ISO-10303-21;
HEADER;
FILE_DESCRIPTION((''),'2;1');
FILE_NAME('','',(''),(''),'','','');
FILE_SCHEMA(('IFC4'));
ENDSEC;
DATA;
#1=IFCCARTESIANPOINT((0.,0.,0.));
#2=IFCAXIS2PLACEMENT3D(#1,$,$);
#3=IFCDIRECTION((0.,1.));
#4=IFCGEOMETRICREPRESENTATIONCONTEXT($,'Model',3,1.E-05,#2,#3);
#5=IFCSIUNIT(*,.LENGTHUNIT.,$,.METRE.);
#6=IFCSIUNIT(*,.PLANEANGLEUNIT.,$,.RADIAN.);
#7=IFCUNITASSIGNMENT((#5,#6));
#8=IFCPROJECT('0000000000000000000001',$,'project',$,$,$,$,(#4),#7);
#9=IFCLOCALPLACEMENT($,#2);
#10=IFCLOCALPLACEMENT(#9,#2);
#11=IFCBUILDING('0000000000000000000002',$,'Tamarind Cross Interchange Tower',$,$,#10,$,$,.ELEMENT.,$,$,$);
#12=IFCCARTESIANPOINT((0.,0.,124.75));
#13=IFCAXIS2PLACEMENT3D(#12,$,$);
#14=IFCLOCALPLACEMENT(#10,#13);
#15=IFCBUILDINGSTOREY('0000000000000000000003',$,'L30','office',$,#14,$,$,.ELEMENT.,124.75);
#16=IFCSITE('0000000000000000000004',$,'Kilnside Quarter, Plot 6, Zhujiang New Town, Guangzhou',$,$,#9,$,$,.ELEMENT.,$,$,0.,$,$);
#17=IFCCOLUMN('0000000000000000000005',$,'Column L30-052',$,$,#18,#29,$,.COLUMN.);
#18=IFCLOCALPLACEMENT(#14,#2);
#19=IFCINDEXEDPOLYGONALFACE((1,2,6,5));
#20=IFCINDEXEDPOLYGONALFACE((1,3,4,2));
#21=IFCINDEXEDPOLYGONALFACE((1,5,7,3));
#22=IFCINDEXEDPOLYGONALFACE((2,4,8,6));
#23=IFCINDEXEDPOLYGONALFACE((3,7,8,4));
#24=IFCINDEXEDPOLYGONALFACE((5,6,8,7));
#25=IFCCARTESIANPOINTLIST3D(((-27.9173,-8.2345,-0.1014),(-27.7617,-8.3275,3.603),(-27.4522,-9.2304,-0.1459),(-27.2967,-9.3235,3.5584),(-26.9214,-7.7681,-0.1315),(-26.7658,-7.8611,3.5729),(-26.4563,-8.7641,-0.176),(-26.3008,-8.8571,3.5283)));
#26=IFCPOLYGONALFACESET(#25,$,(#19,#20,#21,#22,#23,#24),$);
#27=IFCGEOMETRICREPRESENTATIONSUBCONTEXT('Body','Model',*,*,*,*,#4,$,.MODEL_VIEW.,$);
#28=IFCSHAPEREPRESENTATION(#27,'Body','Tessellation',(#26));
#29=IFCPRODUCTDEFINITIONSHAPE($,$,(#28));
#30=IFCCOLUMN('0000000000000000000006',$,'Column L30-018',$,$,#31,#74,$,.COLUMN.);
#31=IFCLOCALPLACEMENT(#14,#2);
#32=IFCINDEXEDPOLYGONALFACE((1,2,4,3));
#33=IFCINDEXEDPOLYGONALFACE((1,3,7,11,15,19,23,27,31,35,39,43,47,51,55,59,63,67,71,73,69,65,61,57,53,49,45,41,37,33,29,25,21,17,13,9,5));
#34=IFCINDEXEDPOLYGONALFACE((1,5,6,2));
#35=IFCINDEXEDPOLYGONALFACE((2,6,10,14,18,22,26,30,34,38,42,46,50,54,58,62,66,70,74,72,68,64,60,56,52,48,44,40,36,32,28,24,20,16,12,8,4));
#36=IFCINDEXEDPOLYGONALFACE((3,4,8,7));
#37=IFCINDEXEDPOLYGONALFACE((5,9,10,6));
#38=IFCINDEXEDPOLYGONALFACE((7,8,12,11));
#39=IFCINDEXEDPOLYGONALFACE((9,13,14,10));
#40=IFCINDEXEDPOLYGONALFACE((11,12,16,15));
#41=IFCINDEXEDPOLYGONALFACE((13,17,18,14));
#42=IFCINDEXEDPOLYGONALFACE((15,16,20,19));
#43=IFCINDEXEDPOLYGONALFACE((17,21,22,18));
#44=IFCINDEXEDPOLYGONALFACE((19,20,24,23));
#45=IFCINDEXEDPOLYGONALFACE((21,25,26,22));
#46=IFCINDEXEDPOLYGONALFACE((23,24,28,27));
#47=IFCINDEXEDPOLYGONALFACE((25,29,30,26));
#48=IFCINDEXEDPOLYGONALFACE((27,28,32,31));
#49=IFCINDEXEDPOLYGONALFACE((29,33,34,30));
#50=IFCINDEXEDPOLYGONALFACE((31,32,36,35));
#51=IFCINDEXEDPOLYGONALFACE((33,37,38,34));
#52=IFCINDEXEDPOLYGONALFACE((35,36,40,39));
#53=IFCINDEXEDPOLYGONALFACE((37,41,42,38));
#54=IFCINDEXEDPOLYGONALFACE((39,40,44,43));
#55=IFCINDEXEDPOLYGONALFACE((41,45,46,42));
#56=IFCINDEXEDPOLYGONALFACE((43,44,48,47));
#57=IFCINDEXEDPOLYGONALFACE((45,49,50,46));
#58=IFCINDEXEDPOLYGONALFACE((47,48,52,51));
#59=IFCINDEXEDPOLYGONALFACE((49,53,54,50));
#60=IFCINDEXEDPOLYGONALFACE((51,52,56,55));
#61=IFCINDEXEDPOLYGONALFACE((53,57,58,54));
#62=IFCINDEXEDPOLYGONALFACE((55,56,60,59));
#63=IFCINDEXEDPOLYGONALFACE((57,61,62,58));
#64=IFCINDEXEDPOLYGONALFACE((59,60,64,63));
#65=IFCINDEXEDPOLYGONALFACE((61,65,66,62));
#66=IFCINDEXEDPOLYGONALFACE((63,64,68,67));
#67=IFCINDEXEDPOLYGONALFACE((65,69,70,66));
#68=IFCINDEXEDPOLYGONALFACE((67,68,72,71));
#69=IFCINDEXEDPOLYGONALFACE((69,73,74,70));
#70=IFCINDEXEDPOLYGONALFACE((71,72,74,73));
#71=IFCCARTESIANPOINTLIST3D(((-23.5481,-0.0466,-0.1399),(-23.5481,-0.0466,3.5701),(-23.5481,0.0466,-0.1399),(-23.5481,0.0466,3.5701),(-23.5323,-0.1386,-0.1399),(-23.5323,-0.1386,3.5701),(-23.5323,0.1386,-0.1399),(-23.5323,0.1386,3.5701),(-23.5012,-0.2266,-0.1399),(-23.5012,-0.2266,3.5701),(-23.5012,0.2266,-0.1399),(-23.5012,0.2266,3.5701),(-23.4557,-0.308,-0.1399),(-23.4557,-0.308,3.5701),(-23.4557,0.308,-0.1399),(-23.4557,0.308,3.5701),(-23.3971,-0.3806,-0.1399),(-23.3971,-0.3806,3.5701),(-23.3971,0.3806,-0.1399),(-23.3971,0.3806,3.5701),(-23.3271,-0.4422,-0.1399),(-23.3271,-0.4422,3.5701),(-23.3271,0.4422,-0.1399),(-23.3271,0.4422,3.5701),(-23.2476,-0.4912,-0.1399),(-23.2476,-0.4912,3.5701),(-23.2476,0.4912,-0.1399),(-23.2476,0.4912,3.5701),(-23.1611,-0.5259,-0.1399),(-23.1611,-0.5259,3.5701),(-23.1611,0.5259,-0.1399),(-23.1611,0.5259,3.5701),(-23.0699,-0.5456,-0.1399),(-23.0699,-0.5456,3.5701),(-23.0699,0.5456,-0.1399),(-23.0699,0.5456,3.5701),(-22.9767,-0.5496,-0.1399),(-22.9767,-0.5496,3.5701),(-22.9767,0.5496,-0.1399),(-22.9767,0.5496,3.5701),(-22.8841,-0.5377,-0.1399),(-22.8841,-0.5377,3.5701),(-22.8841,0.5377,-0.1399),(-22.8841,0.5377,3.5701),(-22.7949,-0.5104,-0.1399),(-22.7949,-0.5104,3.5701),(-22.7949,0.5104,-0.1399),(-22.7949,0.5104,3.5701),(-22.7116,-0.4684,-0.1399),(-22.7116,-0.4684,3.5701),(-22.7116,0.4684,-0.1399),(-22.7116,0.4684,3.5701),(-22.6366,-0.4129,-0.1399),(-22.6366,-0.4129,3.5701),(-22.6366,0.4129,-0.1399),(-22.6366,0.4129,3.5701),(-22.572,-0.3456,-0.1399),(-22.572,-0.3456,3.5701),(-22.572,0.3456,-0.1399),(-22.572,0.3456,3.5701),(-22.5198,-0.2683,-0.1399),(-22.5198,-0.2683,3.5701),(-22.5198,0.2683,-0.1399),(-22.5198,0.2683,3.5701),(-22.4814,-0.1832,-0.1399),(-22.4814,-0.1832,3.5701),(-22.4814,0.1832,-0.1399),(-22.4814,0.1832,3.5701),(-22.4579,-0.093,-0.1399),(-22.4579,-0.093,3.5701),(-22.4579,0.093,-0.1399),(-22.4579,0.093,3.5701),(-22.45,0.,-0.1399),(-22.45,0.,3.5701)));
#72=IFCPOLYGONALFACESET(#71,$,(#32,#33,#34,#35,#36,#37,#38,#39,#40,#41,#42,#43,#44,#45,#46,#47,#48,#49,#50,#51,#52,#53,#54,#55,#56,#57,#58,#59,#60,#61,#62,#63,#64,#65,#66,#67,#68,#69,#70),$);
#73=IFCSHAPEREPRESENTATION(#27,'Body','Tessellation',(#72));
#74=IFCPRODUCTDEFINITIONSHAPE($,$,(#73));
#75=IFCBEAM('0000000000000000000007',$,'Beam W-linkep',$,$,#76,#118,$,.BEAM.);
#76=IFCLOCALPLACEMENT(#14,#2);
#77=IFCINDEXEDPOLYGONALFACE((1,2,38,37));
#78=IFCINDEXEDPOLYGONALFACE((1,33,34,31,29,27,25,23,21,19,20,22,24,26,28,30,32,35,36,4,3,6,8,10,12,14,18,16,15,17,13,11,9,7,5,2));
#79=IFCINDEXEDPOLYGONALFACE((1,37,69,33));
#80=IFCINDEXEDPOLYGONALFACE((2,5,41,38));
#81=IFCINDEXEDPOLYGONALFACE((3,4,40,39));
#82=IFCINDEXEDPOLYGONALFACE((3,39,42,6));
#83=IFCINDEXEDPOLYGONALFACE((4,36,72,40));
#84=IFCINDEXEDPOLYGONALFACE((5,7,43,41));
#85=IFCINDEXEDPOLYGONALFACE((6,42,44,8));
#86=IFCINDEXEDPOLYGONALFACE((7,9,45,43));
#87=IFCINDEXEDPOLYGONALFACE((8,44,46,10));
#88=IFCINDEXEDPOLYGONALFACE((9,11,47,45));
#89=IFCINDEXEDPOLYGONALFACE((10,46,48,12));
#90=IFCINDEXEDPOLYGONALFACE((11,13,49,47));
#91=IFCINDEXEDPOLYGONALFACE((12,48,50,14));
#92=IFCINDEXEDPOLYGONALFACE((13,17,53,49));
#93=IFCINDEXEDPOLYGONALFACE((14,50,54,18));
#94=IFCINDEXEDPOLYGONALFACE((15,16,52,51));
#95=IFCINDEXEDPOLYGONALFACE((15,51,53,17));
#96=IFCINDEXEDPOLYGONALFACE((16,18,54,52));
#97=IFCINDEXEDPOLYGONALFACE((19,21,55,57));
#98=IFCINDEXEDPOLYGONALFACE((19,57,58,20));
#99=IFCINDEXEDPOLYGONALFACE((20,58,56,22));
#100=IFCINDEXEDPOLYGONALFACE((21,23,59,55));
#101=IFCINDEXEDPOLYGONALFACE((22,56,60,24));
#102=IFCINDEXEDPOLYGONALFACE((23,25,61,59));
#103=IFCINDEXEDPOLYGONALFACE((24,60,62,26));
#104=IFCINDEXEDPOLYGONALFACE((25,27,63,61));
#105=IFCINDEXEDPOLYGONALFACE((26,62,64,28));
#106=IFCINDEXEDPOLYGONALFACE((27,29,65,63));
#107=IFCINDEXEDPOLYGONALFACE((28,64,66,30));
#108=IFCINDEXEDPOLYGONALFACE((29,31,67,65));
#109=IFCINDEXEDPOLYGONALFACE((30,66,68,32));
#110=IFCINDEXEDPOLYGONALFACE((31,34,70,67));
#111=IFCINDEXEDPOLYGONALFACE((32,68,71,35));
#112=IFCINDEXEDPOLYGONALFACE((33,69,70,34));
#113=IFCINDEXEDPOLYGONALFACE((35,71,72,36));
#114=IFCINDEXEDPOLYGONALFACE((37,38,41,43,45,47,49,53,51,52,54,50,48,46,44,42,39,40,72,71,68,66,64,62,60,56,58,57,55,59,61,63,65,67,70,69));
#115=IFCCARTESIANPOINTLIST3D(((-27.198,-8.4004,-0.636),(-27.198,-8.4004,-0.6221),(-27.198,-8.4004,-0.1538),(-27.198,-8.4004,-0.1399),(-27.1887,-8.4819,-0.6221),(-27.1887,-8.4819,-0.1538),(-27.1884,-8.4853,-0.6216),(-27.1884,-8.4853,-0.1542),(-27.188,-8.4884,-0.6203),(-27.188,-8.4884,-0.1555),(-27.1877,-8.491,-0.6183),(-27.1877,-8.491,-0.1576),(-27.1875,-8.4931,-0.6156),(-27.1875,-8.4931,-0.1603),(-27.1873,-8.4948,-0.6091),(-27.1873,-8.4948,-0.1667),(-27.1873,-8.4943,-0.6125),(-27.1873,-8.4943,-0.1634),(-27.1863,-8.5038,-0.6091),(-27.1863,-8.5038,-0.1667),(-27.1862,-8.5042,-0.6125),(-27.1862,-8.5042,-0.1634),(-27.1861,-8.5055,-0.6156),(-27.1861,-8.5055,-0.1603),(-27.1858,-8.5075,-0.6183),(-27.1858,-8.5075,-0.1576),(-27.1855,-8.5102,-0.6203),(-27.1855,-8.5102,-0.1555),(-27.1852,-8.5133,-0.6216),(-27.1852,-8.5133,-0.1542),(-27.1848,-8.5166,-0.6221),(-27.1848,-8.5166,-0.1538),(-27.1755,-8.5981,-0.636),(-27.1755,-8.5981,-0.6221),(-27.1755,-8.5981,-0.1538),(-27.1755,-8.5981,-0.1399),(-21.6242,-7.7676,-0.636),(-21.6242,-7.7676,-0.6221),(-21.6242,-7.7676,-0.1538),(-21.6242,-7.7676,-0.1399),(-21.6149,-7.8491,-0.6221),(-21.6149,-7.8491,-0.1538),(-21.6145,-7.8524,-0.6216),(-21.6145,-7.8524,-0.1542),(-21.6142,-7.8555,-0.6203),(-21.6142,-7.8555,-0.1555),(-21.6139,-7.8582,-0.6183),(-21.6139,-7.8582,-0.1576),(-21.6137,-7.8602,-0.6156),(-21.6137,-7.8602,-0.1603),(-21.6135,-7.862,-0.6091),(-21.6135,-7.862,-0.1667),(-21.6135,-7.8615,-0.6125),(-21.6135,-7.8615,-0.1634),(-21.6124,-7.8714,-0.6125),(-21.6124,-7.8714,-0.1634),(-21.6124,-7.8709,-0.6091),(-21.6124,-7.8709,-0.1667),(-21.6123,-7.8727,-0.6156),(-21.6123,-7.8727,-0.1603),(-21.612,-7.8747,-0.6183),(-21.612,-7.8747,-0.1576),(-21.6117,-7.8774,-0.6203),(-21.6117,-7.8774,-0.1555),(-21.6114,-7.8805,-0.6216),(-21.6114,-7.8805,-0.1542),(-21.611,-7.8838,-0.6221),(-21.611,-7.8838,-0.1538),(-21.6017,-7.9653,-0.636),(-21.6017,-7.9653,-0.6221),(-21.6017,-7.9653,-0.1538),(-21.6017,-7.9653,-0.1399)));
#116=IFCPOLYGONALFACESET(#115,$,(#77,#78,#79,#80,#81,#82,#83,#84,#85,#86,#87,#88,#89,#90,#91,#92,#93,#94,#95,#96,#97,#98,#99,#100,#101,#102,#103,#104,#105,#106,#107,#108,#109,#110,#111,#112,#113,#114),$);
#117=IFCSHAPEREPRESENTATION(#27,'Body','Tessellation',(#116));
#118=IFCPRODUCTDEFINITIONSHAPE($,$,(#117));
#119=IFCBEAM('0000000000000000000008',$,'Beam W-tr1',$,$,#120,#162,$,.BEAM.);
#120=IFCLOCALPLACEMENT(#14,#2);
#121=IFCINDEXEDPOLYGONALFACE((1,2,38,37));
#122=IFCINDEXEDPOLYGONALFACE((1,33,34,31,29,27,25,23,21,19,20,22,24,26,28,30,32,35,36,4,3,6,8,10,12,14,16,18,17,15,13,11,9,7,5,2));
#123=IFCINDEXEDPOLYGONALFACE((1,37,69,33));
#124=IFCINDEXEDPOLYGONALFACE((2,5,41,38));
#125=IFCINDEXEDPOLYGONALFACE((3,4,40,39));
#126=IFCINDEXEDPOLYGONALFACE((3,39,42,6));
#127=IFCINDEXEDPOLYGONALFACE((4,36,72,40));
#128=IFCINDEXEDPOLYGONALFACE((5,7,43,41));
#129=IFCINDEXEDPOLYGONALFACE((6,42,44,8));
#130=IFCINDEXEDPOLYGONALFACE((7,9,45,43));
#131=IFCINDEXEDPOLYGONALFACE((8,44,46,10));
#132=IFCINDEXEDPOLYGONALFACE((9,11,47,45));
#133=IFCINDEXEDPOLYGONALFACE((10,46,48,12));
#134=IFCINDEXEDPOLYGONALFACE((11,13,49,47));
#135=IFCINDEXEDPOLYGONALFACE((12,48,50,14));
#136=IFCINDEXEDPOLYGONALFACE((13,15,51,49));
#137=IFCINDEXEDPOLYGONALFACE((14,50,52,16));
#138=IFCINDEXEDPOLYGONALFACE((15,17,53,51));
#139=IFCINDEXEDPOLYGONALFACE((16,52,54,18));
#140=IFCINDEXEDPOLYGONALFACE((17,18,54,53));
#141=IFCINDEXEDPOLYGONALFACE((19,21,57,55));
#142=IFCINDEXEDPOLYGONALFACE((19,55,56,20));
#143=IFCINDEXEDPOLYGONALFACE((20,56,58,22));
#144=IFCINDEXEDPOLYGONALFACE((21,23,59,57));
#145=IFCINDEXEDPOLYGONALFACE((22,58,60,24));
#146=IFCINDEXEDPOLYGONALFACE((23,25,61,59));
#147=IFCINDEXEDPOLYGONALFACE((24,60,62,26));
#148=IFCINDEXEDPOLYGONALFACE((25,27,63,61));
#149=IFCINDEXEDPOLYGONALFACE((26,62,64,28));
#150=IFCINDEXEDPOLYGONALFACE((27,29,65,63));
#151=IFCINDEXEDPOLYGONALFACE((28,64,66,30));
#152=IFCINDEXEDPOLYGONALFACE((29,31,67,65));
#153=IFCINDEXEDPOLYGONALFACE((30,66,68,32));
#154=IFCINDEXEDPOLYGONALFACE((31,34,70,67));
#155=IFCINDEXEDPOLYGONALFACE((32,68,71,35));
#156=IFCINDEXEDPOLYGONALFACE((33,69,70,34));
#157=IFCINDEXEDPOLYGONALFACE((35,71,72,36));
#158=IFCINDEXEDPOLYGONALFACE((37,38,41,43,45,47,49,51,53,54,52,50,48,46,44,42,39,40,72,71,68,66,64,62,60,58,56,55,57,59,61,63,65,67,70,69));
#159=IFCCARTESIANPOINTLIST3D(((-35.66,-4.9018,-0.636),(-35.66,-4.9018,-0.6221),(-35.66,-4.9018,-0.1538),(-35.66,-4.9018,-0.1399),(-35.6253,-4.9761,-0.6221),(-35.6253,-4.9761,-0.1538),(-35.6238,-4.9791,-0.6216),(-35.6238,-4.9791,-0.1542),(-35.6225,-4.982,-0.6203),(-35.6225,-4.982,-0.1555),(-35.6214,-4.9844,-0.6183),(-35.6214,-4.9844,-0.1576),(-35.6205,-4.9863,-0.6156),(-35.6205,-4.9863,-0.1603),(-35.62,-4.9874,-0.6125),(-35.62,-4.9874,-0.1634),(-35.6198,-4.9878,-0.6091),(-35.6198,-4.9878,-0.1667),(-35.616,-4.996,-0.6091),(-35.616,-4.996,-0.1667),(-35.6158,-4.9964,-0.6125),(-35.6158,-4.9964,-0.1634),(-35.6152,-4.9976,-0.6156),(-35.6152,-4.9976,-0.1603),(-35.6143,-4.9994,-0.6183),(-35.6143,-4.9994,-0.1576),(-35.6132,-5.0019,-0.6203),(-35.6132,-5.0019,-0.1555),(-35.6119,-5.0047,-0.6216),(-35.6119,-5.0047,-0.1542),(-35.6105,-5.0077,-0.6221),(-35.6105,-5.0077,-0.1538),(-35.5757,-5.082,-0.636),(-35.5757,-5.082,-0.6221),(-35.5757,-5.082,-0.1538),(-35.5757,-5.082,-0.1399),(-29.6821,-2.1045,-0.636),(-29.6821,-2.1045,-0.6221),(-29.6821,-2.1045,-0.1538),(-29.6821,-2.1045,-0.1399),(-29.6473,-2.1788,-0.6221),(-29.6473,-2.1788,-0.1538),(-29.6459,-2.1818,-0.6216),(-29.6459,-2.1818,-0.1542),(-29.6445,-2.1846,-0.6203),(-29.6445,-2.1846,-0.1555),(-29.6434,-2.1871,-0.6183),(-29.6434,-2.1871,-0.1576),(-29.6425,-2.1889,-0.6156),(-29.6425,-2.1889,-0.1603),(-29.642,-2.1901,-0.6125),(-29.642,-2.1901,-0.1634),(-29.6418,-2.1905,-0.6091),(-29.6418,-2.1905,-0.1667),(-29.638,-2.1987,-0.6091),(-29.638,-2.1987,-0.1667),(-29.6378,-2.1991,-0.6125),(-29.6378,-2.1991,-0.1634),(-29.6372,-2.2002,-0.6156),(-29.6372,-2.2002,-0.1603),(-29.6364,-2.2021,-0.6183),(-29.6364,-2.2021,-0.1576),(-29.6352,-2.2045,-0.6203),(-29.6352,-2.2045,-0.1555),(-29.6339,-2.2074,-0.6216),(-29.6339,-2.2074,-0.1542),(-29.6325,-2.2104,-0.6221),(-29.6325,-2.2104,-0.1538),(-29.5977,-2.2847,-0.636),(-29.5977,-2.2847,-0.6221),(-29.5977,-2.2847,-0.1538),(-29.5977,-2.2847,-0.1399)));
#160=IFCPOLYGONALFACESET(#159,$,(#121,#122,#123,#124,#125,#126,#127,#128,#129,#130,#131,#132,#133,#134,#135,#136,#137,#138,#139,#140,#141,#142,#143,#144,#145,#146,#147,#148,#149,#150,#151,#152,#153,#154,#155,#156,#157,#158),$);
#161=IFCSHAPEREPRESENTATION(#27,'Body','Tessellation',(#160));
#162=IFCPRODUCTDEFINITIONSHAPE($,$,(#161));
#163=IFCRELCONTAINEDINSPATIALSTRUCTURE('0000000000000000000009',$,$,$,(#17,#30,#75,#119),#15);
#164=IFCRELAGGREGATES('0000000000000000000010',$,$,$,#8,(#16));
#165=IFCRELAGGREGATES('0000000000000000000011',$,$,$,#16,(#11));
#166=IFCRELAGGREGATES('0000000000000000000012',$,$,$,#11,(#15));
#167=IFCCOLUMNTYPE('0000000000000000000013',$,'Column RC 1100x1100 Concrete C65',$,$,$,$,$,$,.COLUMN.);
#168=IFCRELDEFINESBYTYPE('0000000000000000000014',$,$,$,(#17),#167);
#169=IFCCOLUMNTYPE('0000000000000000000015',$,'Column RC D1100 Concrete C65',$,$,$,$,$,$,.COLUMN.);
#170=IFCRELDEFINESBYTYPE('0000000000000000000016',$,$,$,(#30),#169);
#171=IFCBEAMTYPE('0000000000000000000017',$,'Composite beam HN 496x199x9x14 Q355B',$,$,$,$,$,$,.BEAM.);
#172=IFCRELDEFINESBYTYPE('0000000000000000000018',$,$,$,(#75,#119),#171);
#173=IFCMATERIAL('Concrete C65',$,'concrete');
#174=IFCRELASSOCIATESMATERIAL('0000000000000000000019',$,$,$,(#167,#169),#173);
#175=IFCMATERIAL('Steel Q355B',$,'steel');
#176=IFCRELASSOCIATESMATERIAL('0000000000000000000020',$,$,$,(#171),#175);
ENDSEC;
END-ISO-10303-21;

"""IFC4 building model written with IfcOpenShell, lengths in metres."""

from ifc_helpers import new_model, si_unit, direction, frame, origin, origin_2d, place, context, subcontext, project, spatial, rectangle, circle, i_section, extrude, material, material_profile, profile_set, type_object, element, save


model = new_model("IFC4")

# Units and contexts
model_context = context("Model", 3, precision=1e-05, world=origin(), true_north=direction((0.0, 1.0)))
body_context = subcontext(model_context, "Body", "Model", "MODEL_VIEW")
ifc_project = project(units=[si_unit("LENGTHUNIT", "METRE"), si_unit("PLANEANGLEUNIT", "RADIAN")], contexts=[model_context])

# Site, building, storey
site_placement = place(None, origin())
site = spatial("IfcSite", under=ifc_project, at=site_placement, Name="Kilnside Quarter, Plot 6, Zhujiang New Town, Guangzhou", CompositionType="ELEMENT", RefElevation=0.0)
building_placement = place(site_placement, origin())
building = spatial("IfcBuilding", under=site, at=building_placement, Name="Tamarind Cross Interchange Tower", CompositionType="ELEMENT")
storey_placement = place(building_placement, frame((0.0, 0.0, 124.75)))
storey = spatial("IfcBuildingStorey", under=building, at=storey_placement, Name="L30", Description="office", CompositionType="ELEMENT", Elevation=124.75)

# Columns
ifc_material_1 = material(Name="Concrete C65", Category="concrete")
ifc_material_profile_1 = material_profile(ifc_material_1, rectangle(XDim=1.1001, YDim=1.1001, at=origin_2d()), Name="RC 1100x1100")
ifc_profile_set_1 = profile_set([ifc_material_profile_1], Name="Concrete C65")
column_type_1 = type_object("IfcColumnType", Name="Column RC 1100x1100 Concrete C65", PredefinedType="COLUMN", material=ifc_profile_set_1)
column_1_placement = place(storey_placement, frame((-27.1868, -8.4993, -0.1387), z_axis=(0.041932, -0.02508, 0.998806), x_axis=(-0.422762, 0.905336, 0.040482)))
element("IfcColumn", 1, at=column_1_placement, inside=storey, type_object=column_type_1, Name="Column L30-052", PredefinedType="COLUMN", context=body_context, shape_type="SweptSolid", body=[
    extrude(rectangle(XDim=1.1001, YDim=1.1001, at=origin_2d()), origin(), (0.0, 0.0, 1.0), 3.7087),
])
ifc_material_profile_2 = material_profile(ifc_material_1, circle(Radius=0.55, at=origin_2d()), Name="RC D1100")
ifc_profile_set_2 = profile_set([ifc_material_profile_2], Name="Concrete C65")
column_type_2 = type_object("IfcColumnType", Name="Column RC D1100 Concrete C65", PredefinedType="COLUMN", material=ifc_profile_set_2)
column_2_placement = place(storey_placement, frame((-23.0, 0.0, -0.1399), z_axis=(0.0, 0.0, 1.0), x_axis=(1.0, 0.0, 0.0)))
element("IfcColumn", 2, at=column_2_placement, inside=storey, type_object=column_type_2, Name="Column L30-018", PredefinedType="COLUMN", context=body_context, shape_type="SweptSolid", body=[
    extrude(circle(Radius=0.55, at=origin_2d()), origin(), (0.0, 0.0, 1.0), 3.71),
])

# Beams
ifc_material_2 = material(Name="Steel Q355B", Category="steel")
ifc_material_profile_3 = material_profile(ifc_material_2, i_section(OverallWidth=0.199, OverallDepth=0.4961, WebThickness=0.009, FlangeThickness=0.0139, FilletRadius=0.0129, at=origin_2d()), Name="HN 496x199x9x14")
ifc_profile_set_3 = profile_set([ifc_material_profile_3], Name="Steel Q355B")
beam_type_1 = type_object("IfcBeamType", Name="Composite beam HN 496x199x9x14 Q355B", PredefinedType="BEAM", material=ifc_profile_set_3)
beam_1_placement = place(storey_placement, frame((-27.1868, -8.4993, -0.3879), z_axis=(0.993617, 0.11281, 0.0), x_axis=(-0.11281, 0.993617, 0.0)))
element("IfcBeam", 3, at=beam_1_placement, inside=storey, type_object=beam_type_1, Name="Beam W-linkep", PredefinedType="BEAM", context=body_context, shape_type="SweptSolid", body=[
    extrude(i_section(OverallWidth=0.199, OverallDepth=0.4961, WebThickness=0.009, FlangeThickness=0.0139, FilletRadius=0.0129, at=origin_2d()), origin(), (0.0, 0.0, 1.0), 5.6096),
])
for number, where, z_axis, x_axis, name in (
    (4, (-29.6399, -2.1946, -0.3879), (-0.90574, -0.423833, 0.0), (0.423833, -0.90574, 0.0), "Beam W-tr1"),
):
    element("IfcBeam", number, at=place(storey_placement, frame(where, z_axis=z_axis, x_axis=x_axis)), inside=storey, type_object=beam_type_1, Name=name, PredefinedType="BEAM", context=body_context, shape_type="SweptSolid", body=[
        extrude(i_section(OverallWidth=0.199, OverallDepth=0.4961, WebThickness=0.009, FlangeThickness=0.0139, FilletRadius=0.0129, at=origin_2d()), origin(), (0.0, 0.0, 1.0), 6.6001),
    ])

save(model, "model.ifc")
